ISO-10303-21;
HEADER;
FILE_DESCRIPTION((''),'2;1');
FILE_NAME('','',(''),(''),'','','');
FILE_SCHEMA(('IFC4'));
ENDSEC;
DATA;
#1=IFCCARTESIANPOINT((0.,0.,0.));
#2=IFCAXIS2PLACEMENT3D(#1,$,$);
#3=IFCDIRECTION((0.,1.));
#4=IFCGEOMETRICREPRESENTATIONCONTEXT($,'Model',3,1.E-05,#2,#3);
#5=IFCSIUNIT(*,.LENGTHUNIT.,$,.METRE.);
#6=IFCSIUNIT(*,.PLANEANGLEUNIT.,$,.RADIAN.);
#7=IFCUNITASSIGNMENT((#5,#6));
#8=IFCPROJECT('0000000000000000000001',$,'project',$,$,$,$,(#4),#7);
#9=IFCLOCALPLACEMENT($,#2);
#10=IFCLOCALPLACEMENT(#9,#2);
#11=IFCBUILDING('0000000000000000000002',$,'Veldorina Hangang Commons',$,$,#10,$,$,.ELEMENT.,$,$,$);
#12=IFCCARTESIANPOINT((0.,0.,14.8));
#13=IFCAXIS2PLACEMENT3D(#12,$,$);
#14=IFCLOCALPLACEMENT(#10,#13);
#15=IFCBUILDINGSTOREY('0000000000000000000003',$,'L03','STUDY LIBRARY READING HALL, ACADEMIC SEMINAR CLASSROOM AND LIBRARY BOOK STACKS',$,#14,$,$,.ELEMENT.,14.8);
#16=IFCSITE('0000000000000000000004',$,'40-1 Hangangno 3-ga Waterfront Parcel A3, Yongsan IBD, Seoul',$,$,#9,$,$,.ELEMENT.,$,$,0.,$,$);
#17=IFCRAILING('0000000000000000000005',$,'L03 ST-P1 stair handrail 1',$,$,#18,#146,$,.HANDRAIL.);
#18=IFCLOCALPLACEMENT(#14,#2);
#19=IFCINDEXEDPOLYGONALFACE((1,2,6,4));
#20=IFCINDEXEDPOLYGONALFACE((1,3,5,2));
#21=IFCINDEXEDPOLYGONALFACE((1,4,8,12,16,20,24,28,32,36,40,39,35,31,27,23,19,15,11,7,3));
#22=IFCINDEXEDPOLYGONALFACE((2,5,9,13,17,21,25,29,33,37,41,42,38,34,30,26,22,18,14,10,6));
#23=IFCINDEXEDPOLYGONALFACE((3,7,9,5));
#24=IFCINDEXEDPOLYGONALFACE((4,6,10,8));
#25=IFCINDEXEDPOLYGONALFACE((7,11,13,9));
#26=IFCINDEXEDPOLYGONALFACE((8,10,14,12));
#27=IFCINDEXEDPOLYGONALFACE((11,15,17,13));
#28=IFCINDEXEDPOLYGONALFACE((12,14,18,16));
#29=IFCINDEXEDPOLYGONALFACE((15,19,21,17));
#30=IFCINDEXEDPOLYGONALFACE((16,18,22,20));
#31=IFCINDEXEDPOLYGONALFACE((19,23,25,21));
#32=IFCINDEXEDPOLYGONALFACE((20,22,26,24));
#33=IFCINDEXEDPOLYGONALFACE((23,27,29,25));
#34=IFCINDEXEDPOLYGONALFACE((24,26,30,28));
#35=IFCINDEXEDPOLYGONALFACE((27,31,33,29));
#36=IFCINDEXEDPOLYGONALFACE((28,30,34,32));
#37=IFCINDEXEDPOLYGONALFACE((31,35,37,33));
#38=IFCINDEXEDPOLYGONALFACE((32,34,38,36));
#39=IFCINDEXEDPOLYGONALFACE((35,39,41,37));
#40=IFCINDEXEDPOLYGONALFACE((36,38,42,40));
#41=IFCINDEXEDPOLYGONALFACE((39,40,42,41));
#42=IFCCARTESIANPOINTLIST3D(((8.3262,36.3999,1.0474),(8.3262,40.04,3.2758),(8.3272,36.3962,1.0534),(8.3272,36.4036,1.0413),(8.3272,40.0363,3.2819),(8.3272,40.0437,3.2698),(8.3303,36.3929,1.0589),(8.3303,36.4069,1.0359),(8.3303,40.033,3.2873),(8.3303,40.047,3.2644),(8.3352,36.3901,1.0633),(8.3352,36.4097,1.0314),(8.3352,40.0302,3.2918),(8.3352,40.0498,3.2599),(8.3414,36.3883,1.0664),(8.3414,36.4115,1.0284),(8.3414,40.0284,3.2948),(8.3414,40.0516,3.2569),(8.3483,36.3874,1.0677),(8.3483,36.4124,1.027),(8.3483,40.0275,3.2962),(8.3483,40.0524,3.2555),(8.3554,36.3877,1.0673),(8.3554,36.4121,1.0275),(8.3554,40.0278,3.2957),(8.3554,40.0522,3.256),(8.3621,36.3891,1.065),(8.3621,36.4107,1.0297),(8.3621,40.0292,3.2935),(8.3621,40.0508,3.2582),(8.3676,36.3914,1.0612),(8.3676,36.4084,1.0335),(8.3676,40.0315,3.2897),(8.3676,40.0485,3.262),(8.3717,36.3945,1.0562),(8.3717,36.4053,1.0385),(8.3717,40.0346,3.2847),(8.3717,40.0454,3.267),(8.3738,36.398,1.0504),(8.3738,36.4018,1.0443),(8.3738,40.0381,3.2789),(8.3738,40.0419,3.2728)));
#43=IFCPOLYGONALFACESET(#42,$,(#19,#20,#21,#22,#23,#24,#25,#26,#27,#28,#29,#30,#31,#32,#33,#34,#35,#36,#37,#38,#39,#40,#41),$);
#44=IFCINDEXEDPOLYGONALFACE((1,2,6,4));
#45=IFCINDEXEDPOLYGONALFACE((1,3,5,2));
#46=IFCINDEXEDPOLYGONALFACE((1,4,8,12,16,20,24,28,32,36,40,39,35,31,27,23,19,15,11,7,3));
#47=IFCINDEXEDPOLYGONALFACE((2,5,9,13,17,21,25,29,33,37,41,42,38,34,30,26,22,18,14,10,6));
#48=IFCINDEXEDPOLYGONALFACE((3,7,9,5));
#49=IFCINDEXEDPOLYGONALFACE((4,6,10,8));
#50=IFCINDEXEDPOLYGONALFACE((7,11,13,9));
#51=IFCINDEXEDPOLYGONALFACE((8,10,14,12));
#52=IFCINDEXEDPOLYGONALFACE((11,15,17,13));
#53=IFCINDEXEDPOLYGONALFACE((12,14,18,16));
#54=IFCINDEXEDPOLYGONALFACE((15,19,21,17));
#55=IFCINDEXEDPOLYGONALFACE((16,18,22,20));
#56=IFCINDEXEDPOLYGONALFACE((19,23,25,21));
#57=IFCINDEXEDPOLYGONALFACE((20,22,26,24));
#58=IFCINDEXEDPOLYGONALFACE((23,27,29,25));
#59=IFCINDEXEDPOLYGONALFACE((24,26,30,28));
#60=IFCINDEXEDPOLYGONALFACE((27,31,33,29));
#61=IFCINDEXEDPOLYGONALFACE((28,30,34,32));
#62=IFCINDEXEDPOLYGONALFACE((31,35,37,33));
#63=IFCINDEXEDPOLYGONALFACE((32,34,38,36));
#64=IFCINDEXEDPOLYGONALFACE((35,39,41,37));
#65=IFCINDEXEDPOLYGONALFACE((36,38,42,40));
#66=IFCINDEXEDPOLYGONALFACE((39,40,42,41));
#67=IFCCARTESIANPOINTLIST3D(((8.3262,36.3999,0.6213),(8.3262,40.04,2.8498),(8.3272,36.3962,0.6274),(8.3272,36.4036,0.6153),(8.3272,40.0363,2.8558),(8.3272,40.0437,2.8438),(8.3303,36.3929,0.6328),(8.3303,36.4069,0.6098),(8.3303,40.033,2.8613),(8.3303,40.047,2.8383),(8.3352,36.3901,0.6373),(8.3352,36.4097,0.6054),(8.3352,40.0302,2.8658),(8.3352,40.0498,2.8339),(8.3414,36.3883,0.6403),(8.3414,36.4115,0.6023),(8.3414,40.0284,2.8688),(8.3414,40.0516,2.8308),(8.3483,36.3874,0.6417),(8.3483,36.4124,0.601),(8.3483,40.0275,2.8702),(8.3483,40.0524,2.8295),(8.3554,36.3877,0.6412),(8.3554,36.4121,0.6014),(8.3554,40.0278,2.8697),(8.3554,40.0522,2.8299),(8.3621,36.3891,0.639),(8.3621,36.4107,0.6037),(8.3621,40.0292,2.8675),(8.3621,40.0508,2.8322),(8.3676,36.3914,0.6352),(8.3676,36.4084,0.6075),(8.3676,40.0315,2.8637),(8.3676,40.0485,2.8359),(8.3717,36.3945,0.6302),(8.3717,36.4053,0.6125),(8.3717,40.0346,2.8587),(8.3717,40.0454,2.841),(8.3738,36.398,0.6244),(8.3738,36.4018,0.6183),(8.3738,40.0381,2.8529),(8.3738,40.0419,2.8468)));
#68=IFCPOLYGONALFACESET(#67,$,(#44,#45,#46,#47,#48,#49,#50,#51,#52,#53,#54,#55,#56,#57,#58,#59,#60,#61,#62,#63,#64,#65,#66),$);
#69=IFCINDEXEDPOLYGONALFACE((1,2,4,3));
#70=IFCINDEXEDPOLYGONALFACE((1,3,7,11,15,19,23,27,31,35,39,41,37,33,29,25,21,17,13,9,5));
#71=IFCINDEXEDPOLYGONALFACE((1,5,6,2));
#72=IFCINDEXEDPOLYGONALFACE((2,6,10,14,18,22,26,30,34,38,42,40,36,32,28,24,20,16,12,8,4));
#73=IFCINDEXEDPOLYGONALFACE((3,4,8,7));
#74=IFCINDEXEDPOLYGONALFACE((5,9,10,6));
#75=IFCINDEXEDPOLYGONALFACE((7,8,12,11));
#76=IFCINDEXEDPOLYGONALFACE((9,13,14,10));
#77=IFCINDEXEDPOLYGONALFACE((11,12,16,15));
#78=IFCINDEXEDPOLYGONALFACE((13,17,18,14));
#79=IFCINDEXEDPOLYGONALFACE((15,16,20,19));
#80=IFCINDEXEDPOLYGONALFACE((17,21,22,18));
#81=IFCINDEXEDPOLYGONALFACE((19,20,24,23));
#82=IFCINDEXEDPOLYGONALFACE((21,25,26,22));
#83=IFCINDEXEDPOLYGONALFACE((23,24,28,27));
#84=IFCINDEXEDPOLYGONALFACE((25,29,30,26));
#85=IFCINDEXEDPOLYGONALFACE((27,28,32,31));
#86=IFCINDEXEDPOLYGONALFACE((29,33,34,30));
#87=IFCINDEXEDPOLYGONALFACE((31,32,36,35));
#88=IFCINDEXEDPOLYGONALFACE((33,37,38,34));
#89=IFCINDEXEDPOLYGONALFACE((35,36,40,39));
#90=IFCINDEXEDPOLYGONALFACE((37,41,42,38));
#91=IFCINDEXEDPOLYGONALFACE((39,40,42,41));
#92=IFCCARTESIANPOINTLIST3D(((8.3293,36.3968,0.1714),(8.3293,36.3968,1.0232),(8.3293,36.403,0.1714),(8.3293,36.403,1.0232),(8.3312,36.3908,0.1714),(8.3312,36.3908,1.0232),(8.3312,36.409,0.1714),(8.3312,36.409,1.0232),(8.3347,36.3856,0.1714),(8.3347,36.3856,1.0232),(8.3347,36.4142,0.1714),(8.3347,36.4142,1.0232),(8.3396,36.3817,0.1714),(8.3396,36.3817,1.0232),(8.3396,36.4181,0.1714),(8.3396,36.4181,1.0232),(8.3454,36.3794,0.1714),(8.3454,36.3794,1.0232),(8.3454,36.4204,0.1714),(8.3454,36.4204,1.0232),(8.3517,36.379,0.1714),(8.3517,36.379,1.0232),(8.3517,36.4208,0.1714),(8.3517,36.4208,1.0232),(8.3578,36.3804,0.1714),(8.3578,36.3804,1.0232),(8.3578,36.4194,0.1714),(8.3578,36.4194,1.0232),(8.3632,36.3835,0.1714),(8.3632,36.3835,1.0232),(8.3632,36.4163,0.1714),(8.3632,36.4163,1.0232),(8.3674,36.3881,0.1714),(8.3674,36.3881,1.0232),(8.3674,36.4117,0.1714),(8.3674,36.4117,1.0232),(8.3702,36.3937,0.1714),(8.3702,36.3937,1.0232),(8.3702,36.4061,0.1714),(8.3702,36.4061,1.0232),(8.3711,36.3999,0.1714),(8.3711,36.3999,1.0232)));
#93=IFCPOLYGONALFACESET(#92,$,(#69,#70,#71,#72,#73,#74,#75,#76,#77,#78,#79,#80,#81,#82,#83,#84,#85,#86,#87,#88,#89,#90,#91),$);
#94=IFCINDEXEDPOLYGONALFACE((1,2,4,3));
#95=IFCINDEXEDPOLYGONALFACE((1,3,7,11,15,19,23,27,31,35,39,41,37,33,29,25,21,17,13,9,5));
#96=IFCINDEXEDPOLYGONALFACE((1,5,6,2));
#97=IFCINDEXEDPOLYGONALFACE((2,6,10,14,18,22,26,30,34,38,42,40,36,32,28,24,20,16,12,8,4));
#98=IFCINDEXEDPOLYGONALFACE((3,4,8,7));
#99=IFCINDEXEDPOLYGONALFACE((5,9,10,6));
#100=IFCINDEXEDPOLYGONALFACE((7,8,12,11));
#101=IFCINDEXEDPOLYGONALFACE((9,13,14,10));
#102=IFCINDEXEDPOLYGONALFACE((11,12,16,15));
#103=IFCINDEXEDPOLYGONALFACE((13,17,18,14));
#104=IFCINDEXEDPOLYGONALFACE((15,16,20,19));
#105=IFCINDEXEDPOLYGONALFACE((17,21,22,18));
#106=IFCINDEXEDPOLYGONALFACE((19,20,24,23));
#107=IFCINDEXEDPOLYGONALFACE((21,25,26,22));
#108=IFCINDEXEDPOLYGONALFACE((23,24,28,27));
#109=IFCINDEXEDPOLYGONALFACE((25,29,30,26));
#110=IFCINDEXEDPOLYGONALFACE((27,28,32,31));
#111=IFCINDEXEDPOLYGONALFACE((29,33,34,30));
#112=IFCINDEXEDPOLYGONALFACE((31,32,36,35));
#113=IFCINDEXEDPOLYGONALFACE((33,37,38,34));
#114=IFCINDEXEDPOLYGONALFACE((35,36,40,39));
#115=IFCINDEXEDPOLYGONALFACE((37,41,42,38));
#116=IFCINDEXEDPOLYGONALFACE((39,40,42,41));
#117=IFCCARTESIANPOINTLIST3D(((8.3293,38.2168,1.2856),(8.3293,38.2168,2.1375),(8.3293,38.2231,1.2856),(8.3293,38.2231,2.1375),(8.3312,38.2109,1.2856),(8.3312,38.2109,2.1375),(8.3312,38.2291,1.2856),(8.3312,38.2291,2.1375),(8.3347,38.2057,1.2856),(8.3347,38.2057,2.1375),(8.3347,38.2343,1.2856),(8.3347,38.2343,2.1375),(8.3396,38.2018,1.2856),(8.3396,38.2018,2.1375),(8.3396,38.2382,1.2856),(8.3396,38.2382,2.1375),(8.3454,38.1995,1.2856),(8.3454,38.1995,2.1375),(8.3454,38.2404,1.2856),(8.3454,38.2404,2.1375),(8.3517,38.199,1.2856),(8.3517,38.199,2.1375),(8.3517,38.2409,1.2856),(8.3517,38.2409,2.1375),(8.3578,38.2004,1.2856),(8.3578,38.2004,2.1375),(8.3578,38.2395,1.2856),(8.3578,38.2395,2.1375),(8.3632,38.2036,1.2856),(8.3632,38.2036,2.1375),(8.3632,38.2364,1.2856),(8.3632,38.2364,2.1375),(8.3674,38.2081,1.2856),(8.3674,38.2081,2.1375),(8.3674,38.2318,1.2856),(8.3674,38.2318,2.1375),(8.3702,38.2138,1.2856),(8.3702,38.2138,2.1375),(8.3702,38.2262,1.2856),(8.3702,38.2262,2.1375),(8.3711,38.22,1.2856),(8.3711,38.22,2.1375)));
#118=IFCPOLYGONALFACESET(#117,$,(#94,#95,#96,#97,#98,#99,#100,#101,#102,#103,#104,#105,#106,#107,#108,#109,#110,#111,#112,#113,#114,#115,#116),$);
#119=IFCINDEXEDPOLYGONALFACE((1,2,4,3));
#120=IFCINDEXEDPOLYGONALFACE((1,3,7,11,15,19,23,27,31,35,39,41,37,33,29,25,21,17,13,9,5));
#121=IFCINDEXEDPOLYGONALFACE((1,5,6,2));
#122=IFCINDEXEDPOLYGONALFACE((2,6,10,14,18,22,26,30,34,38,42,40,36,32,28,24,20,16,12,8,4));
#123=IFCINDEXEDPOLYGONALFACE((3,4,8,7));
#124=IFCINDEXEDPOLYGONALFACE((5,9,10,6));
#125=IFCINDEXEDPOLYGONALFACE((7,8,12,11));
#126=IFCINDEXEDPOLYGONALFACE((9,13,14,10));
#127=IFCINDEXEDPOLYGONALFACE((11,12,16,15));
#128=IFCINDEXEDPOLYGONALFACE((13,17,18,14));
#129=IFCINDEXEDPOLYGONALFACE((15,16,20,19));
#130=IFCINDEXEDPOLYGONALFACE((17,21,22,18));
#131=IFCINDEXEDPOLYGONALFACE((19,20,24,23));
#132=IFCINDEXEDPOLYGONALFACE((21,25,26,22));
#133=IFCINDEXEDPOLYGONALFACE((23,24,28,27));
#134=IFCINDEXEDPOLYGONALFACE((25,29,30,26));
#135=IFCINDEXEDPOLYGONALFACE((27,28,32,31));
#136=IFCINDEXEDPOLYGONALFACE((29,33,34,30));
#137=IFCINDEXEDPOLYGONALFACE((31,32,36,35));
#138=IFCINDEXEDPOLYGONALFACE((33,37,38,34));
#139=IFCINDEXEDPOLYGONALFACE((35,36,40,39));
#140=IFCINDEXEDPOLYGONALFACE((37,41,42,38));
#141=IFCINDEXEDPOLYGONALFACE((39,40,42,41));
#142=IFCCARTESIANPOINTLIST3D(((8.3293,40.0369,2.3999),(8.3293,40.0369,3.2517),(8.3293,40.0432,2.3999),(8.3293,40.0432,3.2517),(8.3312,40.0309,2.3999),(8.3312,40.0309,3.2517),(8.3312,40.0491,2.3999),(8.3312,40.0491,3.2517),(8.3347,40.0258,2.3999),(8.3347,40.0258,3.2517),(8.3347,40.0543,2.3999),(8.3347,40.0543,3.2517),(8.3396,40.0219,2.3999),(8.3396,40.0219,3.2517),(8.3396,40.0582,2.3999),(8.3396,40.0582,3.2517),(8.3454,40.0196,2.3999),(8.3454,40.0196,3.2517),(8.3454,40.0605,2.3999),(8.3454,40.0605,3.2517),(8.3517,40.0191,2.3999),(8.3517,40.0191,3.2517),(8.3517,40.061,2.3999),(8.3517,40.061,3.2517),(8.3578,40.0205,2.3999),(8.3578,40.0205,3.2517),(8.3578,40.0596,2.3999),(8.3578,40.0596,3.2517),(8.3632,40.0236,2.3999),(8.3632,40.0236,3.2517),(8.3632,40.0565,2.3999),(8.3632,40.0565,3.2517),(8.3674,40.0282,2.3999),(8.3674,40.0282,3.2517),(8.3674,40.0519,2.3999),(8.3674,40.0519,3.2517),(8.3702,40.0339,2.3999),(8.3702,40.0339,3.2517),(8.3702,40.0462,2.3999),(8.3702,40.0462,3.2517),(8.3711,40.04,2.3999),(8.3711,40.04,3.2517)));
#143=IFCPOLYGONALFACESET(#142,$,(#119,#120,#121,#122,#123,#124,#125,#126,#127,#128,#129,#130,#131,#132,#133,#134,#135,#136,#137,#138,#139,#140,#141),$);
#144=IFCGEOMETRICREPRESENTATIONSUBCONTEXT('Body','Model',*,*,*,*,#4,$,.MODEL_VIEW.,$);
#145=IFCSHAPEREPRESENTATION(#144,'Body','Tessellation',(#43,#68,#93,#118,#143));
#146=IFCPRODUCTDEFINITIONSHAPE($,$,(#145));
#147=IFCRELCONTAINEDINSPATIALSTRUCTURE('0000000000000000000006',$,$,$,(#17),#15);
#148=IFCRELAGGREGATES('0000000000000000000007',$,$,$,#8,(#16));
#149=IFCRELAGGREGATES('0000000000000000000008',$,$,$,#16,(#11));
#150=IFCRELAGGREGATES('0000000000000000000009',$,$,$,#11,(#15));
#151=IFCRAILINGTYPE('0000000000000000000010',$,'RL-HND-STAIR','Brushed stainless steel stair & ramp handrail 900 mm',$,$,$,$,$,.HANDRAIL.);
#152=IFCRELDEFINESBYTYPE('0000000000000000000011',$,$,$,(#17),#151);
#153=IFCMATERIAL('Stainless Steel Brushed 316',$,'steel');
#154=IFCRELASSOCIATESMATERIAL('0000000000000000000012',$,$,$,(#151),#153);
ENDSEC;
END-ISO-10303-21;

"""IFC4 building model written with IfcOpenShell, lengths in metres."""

from ifc_helpers import new_model, si_unit, direction, frame, origin, origin_2d, place, context, subcontext, project, spatial, circle, extrude, material, type_object, element, save


model = new_model("IFC4")

# Units and contexts
model_context = context("Model", 3, precision=1e-05, world=origin(), true_north=direction((0.0, 1.0)))
body_context = subcontext(model_context, "Body", "Model", "MODEL_VIEW")
ifc_project = project(units=[si_unit("LENGTHUNIT", "METRE"), si_unit("PLANEANGLEUNIT", "RADIAN")], contexts=[model_context])

# Site, building, storey
site_placement = place(None, origin())
site = spatial("IfcSite", under=ifc_project, at=site_placement, Name="40-1 Hangangno 3-ga Waterfront Parcel A3, Yongsan IBD, Seoul", CompositionType="ELEMENT", RefElevation=0.0)
building_placement = place(site_placement, origin())
building = spatial("IfcBuilding", under=site, at=building_placement, Name="Veldorina Hangang Commons", CompositionType="ELEMENT")
storey_placement = place(building_placement, frame((0.0, 0.0, 14.8)))
storey = spatial("IfcBuildingStorey", under=building, at=storey_placement, Name="L03", Description="STUDY LIBRARY READING HALL, ACADEMIC SEMINAR CLASSROOM AND LIBRARY BOOK STACKS", CompositionType="ELEMENT", Elevation=14.8)

# Railing
ifc_material_1 = material(Name="Stainless Steel Brushed 316", Category="steel")
railing_type_1 = type_object("IfcRailingType", Name="RL-HND-STAIR", Description="Brushed stainless steel stair & ramp handrail 900 mm", PredefinedType="HANDRAIL", material=ifc_material_1)
railing_1_placement = place(storey_placement, frame((8.3501, 36.3999, 0.1714)))
element("IfcRailing", 1, at=railing_1_placement, inside=storey, type_object=railing_type_1, Name="L03 ST-P1 stair handrail 1", PredefinedType="HANDRAIL", context=body_context, shape_type="SweptSolid", body=[
    extrude(circle(Radius=0.0239, at=origin_2d()), frame((0.0, 0.0, 0.876), z_axis=(0.0, 0.852866, 0.52213), x_axis=(-1.0, 0.0, 0.0)), (0.0, 0.0, 1.0), 4.2681),
    extrude(circle(Radius=0.0239, at=origin_2d()), frame((0.0, 0.0, 0.45), z_axis=(0.0, 0.852866, 0.52213), x_axis=(-1.0, 0.0, 0.0)), (0.0, 0.0, 1.0), 4.2681),
    extrude(circle(Radius=0.021, at=origin_2d()), origin(), (0.0, 0.0, 1.0), 0.8518),
    extrude(circle(Radius=0.021, at=origin_2d()), frame((0.0, 1.8201, 1.1143)), (0.0, 0.0, 1.0), 0.8518),
    extrude(circle(Radius=0.021, at=origin_2d()), frame((0.0, 3.6401, 2.2285)), (0.0, 0.0, 1.0), 0.8518),
])

save(model, "model.ifc")
